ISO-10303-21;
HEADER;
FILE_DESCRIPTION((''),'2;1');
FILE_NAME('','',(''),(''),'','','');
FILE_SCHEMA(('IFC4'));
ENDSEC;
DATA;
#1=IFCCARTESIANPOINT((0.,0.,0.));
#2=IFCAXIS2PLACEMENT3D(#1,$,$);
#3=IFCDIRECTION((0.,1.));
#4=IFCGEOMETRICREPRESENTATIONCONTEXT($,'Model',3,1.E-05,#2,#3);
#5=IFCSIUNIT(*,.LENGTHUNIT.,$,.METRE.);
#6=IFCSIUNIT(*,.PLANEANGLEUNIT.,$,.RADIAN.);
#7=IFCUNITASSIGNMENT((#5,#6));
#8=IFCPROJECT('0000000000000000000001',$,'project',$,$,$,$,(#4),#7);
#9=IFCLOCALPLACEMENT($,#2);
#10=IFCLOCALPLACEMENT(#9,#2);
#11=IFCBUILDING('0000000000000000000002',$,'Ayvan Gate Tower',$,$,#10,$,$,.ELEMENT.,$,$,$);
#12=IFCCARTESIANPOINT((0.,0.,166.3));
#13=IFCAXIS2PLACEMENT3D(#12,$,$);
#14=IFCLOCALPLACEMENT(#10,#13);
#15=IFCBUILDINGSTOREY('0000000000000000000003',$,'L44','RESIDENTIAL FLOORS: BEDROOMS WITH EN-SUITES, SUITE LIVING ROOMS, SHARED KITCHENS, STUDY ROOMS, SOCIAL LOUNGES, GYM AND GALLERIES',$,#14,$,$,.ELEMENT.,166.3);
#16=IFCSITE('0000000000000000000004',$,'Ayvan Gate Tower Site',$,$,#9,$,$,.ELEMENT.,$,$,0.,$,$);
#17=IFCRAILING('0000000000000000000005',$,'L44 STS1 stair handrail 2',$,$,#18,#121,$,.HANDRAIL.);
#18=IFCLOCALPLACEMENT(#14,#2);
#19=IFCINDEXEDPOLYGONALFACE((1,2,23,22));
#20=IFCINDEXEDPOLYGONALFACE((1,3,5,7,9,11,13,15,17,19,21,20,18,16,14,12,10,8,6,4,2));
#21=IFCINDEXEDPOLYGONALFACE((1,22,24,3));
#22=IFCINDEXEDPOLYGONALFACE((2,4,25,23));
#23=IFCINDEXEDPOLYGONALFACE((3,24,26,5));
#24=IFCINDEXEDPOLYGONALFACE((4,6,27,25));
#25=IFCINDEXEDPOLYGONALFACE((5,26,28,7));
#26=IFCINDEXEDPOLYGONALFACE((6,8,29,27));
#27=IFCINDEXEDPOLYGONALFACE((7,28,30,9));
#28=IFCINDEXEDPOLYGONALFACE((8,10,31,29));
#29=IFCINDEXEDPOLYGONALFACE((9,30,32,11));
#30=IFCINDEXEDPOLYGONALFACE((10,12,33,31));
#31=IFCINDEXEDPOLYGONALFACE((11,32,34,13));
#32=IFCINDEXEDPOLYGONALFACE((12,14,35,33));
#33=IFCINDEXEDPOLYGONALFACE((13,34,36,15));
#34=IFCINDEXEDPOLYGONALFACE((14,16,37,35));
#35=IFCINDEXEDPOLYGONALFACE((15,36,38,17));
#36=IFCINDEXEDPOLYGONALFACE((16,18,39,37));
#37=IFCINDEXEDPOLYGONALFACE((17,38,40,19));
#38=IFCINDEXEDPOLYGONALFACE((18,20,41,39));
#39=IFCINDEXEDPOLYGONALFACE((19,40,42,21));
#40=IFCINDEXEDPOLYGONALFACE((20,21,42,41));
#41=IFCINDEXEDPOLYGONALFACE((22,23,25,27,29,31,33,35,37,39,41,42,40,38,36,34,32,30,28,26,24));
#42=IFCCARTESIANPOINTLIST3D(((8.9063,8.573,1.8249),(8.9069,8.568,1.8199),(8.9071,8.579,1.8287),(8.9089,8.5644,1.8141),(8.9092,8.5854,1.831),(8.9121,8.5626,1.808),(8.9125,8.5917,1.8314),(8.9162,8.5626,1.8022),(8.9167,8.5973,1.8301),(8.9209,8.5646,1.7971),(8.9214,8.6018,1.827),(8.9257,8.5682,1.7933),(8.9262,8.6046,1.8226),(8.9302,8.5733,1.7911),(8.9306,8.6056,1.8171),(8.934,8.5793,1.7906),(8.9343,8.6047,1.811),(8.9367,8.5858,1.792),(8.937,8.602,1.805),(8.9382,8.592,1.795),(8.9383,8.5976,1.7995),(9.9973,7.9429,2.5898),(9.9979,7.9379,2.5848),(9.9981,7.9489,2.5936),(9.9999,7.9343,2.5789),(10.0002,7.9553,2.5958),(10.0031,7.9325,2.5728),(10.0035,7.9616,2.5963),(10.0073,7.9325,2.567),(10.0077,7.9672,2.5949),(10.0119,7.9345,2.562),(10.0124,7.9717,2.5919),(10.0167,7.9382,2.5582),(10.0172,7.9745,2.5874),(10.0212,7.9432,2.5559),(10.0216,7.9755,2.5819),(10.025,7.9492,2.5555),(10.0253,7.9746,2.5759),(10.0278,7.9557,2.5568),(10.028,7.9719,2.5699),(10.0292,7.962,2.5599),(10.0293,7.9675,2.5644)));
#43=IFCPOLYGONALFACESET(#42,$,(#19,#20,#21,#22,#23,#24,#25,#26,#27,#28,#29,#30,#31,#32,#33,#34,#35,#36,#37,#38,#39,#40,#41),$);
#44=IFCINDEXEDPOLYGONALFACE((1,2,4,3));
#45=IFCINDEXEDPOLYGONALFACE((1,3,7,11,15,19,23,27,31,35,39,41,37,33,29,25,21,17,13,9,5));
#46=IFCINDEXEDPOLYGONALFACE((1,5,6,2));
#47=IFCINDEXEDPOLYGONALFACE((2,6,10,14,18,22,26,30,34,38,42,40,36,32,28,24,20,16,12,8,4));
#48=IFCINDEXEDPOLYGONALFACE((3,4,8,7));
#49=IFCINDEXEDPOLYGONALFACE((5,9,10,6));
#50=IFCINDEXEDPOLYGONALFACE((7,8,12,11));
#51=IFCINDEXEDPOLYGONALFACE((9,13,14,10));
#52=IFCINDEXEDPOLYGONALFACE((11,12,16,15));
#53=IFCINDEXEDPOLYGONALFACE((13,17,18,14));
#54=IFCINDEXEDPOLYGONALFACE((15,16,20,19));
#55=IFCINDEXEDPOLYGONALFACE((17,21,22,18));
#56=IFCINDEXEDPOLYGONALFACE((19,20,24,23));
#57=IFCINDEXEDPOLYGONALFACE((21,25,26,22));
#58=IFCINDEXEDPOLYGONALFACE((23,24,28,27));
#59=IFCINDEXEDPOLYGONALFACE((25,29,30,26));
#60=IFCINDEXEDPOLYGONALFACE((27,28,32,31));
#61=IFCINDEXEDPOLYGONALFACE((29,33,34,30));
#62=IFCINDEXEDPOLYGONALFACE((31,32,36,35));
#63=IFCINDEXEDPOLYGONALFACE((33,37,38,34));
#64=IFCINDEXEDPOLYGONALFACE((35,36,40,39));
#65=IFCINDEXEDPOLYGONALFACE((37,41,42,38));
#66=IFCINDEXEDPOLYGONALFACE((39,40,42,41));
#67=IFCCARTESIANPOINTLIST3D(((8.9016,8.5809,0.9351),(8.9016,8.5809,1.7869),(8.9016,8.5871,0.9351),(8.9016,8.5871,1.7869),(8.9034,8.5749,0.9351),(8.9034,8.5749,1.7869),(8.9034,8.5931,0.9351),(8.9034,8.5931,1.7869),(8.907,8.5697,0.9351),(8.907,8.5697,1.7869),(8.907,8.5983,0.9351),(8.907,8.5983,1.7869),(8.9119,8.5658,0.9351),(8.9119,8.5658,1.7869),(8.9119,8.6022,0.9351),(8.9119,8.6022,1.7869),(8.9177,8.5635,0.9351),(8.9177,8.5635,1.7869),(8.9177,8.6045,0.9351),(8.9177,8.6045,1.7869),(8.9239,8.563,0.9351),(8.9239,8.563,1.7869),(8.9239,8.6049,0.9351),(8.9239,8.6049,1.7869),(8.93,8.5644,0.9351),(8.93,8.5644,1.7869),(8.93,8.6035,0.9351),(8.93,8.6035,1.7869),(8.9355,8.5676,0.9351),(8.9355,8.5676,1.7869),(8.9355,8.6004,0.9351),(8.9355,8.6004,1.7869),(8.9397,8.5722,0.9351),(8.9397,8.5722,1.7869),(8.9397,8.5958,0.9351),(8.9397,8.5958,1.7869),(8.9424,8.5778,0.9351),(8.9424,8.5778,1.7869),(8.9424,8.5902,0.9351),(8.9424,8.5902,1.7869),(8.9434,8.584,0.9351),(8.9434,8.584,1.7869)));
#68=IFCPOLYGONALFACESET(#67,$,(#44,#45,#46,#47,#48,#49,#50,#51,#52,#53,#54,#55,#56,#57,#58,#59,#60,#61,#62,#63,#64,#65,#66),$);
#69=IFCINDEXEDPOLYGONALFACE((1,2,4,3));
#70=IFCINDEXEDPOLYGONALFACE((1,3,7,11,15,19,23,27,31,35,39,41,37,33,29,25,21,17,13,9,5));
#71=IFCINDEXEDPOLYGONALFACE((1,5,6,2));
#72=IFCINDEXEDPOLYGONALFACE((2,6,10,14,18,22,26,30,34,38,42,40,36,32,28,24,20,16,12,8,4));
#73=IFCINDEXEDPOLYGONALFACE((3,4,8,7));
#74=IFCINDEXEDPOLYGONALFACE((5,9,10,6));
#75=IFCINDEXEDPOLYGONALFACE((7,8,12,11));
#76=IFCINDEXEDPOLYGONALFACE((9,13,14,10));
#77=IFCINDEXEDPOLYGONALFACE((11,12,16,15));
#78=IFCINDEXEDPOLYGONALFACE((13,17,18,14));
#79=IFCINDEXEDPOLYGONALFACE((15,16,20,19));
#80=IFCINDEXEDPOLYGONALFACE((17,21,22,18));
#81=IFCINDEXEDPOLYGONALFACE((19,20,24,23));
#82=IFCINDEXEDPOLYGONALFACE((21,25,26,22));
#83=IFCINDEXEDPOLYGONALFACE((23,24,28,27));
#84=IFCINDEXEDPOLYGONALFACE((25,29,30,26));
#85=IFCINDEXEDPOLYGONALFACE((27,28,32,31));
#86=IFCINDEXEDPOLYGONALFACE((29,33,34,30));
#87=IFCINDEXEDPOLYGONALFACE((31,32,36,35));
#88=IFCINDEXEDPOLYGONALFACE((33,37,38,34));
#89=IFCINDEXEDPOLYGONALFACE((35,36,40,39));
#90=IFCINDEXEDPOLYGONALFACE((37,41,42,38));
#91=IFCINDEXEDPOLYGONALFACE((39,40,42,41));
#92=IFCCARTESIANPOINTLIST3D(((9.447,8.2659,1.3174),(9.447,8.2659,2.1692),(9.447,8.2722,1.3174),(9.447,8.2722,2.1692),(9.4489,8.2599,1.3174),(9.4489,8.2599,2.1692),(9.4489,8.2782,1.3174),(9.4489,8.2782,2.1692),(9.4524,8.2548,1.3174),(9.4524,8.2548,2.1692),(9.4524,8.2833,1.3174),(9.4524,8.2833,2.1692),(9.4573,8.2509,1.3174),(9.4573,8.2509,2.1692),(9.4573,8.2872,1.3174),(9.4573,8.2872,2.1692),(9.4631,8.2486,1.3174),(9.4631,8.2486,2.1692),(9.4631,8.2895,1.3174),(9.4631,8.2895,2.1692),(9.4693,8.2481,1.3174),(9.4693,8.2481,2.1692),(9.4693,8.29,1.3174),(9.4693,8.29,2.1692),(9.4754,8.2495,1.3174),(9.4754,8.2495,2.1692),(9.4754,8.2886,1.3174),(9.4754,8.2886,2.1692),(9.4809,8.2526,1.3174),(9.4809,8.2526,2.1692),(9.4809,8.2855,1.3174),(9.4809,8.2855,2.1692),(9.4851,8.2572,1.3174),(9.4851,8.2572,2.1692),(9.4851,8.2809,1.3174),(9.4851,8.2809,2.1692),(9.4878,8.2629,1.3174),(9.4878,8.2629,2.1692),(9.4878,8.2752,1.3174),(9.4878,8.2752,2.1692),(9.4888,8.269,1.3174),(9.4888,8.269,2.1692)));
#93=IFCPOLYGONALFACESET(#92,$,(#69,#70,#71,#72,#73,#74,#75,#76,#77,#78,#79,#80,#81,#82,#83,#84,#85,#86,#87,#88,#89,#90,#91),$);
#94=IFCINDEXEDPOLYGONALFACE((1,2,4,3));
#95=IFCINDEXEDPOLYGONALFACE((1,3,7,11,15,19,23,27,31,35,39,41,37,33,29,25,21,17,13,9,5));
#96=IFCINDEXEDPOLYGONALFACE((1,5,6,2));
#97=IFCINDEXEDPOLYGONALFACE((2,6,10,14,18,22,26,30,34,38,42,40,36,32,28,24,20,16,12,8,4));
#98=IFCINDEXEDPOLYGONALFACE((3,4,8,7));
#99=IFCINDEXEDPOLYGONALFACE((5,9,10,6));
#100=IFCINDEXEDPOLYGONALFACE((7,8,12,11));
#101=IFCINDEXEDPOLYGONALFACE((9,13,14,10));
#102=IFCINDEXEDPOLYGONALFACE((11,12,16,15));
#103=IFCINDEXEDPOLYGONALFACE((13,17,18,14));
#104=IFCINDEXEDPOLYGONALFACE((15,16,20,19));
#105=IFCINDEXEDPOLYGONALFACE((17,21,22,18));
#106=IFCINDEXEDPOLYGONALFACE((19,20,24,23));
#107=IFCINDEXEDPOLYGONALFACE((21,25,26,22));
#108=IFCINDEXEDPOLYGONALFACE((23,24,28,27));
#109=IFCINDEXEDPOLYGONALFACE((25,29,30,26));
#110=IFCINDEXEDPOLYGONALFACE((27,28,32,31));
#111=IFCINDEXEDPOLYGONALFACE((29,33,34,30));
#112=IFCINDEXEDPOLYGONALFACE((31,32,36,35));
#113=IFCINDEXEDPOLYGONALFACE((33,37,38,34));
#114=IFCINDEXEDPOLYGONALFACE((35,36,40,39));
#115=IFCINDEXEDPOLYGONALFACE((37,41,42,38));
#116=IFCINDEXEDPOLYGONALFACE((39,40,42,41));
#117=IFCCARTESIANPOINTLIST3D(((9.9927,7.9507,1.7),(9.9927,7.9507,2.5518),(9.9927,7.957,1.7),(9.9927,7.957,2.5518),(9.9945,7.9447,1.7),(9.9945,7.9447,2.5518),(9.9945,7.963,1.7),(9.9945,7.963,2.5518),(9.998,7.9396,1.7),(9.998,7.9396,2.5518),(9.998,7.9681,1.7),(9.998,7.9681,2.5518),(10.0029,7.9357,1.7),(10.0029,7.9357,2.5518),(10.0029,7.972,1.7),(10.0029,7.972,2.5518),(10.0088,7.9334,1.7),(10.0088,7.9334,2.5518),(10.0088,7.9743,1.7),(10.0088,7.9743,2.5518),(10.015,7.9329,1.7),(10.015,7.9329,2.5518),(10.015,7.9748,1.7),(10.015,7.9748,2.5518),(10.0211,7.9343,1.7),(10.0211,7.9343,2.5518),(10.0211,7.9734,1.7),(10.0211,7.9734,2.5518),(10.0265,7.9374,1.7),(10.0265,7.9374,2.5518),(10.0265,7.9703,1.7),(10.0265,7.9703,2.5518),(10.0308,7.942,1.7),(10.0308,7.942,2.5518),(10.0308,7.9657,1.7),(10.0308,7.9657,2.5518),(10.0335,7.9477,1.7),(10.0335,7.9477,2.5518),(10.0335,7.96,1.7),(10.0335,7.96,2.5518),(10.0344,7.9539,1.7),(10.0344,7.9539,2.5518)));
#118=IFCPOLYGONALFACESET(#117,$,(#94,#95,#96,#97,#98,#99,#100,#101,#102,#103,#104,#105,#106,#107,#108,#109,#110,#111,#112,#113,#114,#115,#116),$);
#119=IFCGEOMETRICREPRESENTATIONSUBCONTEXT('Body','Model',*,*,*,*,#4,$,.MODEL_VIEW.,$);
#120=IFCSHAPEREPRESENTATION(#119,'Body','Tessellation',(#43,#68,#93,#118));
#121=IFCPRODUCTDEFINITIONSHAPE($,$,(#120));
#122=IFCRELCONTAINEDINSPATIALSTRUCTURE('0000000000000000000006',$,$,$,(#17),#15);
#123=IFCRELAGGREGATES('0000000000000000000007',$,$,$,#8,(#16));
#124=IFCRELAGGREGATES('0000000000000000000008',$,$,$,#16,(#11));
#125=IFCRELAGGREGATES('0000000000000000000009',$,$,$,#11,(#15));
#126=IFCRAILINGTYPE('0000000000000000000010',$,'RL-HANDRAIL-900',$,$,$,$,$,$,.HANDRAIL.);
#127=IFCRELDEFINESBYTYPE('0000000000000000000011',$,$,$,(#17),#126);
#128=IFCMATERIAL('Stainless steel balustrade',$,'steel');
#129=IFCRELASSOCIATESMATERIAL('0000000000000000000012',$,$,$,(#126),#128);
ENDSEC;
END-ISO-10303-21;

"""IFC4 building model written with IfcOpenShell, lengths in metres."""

from ifc_helpers import new_model, si_unit, direction, frame, origin, origin_2d, place, context, subcontext, project, spatial, circle, extrude, material, type_object, element, save


model = new_model("IFC4")

# Units and contexts
model_context = context("Model", 3, precision=1e-05, world=origin(), true_north=direction((0.0, 1.0)))
body_context = subcontext(model_context, "Body", "Model", "MODEL_VIEW")
ifc_project = project(units=[si_unit("LENGTHUNIT", "METRE"), si_unit("PLANEANGLEUNIT", "RADIAN")], contexts=[model_context])

# Site, building, storey
site_placement = place(None, origin())
site = spatial("IfcSite", under=ifc_project, at=site_placement, Name="Ayvan Gate Tower Site", CompositionType="ELEMENT", RefElevation=0.0)
building_placement = place(site_placement, origin())
building = spatial("IfcBuilding", under=site, at=building_placement, Name="Ayvan Gate Tower", CompositionType="ELEMENT")
storey_placement = place(building_placement, frame((0.0, 0.0, 166.3)))
storey = spatial("IfcBuildingStorey", under=building, at=storey_placement, Name="L44", Description="RESIDENTIAL FLOORS: BEDROOMS WITH EN-SUITES, SUITE LIVING ROOMS, SHARED KITCHENS, STUDY ROOMS, SOCIAL LOUNGES, GYM AND GALLERIES", CompositionType="ELEMENT", Elevation=166.3)

# Railing
ifc_material_1 = material(Name="Stainless steel balustrade", Category="steel")
railing_type_1 = type_object("IfcRailingType", Name="RL-HANDRAIL-900", PredefinedType="HANDRAIL", material=ifc_material_1)
railing_1_placement = place(storey_placement, frame((8.9224, 8.584, 0.9351)))
element("IfcRailing", 1, at=railing_1_placement, inside=storey, type_object=railing_type_1, Name="L44 STS1 stair handrail 2", PredefinedType="HANDRAIL", context=body_context, shape_type="SweptSolid", body=[
    extrude(circle(Radius=0.0239, at=origin_2d()), frame((0.0, 0.0, 0.876), z_axis=(0.740229, -0.427508, 0.518939), x_axis=(0.500119, 0.865956, 0.0)), (0.0, 0.0, 1.0), 1.4739),
    extrude(circle(Radius=0.021, at=origin_2d()), origin(), (0.0, 0.0, 1.0), 0.8518),
    extrude(circle(Radius=0.021, at=origin_2d()), frame((0.5454, -0.3149, 0.3823)), (0.0, 0.0, 1.0), 0.8518),
    extrude(circle(Radius=0.021, at=origin_2d()), frame((1.0911, -0.6301, 0.7649)), (0.0, 0.0, 1.0), 0.8518),
])

save(model, "model.ifc")
